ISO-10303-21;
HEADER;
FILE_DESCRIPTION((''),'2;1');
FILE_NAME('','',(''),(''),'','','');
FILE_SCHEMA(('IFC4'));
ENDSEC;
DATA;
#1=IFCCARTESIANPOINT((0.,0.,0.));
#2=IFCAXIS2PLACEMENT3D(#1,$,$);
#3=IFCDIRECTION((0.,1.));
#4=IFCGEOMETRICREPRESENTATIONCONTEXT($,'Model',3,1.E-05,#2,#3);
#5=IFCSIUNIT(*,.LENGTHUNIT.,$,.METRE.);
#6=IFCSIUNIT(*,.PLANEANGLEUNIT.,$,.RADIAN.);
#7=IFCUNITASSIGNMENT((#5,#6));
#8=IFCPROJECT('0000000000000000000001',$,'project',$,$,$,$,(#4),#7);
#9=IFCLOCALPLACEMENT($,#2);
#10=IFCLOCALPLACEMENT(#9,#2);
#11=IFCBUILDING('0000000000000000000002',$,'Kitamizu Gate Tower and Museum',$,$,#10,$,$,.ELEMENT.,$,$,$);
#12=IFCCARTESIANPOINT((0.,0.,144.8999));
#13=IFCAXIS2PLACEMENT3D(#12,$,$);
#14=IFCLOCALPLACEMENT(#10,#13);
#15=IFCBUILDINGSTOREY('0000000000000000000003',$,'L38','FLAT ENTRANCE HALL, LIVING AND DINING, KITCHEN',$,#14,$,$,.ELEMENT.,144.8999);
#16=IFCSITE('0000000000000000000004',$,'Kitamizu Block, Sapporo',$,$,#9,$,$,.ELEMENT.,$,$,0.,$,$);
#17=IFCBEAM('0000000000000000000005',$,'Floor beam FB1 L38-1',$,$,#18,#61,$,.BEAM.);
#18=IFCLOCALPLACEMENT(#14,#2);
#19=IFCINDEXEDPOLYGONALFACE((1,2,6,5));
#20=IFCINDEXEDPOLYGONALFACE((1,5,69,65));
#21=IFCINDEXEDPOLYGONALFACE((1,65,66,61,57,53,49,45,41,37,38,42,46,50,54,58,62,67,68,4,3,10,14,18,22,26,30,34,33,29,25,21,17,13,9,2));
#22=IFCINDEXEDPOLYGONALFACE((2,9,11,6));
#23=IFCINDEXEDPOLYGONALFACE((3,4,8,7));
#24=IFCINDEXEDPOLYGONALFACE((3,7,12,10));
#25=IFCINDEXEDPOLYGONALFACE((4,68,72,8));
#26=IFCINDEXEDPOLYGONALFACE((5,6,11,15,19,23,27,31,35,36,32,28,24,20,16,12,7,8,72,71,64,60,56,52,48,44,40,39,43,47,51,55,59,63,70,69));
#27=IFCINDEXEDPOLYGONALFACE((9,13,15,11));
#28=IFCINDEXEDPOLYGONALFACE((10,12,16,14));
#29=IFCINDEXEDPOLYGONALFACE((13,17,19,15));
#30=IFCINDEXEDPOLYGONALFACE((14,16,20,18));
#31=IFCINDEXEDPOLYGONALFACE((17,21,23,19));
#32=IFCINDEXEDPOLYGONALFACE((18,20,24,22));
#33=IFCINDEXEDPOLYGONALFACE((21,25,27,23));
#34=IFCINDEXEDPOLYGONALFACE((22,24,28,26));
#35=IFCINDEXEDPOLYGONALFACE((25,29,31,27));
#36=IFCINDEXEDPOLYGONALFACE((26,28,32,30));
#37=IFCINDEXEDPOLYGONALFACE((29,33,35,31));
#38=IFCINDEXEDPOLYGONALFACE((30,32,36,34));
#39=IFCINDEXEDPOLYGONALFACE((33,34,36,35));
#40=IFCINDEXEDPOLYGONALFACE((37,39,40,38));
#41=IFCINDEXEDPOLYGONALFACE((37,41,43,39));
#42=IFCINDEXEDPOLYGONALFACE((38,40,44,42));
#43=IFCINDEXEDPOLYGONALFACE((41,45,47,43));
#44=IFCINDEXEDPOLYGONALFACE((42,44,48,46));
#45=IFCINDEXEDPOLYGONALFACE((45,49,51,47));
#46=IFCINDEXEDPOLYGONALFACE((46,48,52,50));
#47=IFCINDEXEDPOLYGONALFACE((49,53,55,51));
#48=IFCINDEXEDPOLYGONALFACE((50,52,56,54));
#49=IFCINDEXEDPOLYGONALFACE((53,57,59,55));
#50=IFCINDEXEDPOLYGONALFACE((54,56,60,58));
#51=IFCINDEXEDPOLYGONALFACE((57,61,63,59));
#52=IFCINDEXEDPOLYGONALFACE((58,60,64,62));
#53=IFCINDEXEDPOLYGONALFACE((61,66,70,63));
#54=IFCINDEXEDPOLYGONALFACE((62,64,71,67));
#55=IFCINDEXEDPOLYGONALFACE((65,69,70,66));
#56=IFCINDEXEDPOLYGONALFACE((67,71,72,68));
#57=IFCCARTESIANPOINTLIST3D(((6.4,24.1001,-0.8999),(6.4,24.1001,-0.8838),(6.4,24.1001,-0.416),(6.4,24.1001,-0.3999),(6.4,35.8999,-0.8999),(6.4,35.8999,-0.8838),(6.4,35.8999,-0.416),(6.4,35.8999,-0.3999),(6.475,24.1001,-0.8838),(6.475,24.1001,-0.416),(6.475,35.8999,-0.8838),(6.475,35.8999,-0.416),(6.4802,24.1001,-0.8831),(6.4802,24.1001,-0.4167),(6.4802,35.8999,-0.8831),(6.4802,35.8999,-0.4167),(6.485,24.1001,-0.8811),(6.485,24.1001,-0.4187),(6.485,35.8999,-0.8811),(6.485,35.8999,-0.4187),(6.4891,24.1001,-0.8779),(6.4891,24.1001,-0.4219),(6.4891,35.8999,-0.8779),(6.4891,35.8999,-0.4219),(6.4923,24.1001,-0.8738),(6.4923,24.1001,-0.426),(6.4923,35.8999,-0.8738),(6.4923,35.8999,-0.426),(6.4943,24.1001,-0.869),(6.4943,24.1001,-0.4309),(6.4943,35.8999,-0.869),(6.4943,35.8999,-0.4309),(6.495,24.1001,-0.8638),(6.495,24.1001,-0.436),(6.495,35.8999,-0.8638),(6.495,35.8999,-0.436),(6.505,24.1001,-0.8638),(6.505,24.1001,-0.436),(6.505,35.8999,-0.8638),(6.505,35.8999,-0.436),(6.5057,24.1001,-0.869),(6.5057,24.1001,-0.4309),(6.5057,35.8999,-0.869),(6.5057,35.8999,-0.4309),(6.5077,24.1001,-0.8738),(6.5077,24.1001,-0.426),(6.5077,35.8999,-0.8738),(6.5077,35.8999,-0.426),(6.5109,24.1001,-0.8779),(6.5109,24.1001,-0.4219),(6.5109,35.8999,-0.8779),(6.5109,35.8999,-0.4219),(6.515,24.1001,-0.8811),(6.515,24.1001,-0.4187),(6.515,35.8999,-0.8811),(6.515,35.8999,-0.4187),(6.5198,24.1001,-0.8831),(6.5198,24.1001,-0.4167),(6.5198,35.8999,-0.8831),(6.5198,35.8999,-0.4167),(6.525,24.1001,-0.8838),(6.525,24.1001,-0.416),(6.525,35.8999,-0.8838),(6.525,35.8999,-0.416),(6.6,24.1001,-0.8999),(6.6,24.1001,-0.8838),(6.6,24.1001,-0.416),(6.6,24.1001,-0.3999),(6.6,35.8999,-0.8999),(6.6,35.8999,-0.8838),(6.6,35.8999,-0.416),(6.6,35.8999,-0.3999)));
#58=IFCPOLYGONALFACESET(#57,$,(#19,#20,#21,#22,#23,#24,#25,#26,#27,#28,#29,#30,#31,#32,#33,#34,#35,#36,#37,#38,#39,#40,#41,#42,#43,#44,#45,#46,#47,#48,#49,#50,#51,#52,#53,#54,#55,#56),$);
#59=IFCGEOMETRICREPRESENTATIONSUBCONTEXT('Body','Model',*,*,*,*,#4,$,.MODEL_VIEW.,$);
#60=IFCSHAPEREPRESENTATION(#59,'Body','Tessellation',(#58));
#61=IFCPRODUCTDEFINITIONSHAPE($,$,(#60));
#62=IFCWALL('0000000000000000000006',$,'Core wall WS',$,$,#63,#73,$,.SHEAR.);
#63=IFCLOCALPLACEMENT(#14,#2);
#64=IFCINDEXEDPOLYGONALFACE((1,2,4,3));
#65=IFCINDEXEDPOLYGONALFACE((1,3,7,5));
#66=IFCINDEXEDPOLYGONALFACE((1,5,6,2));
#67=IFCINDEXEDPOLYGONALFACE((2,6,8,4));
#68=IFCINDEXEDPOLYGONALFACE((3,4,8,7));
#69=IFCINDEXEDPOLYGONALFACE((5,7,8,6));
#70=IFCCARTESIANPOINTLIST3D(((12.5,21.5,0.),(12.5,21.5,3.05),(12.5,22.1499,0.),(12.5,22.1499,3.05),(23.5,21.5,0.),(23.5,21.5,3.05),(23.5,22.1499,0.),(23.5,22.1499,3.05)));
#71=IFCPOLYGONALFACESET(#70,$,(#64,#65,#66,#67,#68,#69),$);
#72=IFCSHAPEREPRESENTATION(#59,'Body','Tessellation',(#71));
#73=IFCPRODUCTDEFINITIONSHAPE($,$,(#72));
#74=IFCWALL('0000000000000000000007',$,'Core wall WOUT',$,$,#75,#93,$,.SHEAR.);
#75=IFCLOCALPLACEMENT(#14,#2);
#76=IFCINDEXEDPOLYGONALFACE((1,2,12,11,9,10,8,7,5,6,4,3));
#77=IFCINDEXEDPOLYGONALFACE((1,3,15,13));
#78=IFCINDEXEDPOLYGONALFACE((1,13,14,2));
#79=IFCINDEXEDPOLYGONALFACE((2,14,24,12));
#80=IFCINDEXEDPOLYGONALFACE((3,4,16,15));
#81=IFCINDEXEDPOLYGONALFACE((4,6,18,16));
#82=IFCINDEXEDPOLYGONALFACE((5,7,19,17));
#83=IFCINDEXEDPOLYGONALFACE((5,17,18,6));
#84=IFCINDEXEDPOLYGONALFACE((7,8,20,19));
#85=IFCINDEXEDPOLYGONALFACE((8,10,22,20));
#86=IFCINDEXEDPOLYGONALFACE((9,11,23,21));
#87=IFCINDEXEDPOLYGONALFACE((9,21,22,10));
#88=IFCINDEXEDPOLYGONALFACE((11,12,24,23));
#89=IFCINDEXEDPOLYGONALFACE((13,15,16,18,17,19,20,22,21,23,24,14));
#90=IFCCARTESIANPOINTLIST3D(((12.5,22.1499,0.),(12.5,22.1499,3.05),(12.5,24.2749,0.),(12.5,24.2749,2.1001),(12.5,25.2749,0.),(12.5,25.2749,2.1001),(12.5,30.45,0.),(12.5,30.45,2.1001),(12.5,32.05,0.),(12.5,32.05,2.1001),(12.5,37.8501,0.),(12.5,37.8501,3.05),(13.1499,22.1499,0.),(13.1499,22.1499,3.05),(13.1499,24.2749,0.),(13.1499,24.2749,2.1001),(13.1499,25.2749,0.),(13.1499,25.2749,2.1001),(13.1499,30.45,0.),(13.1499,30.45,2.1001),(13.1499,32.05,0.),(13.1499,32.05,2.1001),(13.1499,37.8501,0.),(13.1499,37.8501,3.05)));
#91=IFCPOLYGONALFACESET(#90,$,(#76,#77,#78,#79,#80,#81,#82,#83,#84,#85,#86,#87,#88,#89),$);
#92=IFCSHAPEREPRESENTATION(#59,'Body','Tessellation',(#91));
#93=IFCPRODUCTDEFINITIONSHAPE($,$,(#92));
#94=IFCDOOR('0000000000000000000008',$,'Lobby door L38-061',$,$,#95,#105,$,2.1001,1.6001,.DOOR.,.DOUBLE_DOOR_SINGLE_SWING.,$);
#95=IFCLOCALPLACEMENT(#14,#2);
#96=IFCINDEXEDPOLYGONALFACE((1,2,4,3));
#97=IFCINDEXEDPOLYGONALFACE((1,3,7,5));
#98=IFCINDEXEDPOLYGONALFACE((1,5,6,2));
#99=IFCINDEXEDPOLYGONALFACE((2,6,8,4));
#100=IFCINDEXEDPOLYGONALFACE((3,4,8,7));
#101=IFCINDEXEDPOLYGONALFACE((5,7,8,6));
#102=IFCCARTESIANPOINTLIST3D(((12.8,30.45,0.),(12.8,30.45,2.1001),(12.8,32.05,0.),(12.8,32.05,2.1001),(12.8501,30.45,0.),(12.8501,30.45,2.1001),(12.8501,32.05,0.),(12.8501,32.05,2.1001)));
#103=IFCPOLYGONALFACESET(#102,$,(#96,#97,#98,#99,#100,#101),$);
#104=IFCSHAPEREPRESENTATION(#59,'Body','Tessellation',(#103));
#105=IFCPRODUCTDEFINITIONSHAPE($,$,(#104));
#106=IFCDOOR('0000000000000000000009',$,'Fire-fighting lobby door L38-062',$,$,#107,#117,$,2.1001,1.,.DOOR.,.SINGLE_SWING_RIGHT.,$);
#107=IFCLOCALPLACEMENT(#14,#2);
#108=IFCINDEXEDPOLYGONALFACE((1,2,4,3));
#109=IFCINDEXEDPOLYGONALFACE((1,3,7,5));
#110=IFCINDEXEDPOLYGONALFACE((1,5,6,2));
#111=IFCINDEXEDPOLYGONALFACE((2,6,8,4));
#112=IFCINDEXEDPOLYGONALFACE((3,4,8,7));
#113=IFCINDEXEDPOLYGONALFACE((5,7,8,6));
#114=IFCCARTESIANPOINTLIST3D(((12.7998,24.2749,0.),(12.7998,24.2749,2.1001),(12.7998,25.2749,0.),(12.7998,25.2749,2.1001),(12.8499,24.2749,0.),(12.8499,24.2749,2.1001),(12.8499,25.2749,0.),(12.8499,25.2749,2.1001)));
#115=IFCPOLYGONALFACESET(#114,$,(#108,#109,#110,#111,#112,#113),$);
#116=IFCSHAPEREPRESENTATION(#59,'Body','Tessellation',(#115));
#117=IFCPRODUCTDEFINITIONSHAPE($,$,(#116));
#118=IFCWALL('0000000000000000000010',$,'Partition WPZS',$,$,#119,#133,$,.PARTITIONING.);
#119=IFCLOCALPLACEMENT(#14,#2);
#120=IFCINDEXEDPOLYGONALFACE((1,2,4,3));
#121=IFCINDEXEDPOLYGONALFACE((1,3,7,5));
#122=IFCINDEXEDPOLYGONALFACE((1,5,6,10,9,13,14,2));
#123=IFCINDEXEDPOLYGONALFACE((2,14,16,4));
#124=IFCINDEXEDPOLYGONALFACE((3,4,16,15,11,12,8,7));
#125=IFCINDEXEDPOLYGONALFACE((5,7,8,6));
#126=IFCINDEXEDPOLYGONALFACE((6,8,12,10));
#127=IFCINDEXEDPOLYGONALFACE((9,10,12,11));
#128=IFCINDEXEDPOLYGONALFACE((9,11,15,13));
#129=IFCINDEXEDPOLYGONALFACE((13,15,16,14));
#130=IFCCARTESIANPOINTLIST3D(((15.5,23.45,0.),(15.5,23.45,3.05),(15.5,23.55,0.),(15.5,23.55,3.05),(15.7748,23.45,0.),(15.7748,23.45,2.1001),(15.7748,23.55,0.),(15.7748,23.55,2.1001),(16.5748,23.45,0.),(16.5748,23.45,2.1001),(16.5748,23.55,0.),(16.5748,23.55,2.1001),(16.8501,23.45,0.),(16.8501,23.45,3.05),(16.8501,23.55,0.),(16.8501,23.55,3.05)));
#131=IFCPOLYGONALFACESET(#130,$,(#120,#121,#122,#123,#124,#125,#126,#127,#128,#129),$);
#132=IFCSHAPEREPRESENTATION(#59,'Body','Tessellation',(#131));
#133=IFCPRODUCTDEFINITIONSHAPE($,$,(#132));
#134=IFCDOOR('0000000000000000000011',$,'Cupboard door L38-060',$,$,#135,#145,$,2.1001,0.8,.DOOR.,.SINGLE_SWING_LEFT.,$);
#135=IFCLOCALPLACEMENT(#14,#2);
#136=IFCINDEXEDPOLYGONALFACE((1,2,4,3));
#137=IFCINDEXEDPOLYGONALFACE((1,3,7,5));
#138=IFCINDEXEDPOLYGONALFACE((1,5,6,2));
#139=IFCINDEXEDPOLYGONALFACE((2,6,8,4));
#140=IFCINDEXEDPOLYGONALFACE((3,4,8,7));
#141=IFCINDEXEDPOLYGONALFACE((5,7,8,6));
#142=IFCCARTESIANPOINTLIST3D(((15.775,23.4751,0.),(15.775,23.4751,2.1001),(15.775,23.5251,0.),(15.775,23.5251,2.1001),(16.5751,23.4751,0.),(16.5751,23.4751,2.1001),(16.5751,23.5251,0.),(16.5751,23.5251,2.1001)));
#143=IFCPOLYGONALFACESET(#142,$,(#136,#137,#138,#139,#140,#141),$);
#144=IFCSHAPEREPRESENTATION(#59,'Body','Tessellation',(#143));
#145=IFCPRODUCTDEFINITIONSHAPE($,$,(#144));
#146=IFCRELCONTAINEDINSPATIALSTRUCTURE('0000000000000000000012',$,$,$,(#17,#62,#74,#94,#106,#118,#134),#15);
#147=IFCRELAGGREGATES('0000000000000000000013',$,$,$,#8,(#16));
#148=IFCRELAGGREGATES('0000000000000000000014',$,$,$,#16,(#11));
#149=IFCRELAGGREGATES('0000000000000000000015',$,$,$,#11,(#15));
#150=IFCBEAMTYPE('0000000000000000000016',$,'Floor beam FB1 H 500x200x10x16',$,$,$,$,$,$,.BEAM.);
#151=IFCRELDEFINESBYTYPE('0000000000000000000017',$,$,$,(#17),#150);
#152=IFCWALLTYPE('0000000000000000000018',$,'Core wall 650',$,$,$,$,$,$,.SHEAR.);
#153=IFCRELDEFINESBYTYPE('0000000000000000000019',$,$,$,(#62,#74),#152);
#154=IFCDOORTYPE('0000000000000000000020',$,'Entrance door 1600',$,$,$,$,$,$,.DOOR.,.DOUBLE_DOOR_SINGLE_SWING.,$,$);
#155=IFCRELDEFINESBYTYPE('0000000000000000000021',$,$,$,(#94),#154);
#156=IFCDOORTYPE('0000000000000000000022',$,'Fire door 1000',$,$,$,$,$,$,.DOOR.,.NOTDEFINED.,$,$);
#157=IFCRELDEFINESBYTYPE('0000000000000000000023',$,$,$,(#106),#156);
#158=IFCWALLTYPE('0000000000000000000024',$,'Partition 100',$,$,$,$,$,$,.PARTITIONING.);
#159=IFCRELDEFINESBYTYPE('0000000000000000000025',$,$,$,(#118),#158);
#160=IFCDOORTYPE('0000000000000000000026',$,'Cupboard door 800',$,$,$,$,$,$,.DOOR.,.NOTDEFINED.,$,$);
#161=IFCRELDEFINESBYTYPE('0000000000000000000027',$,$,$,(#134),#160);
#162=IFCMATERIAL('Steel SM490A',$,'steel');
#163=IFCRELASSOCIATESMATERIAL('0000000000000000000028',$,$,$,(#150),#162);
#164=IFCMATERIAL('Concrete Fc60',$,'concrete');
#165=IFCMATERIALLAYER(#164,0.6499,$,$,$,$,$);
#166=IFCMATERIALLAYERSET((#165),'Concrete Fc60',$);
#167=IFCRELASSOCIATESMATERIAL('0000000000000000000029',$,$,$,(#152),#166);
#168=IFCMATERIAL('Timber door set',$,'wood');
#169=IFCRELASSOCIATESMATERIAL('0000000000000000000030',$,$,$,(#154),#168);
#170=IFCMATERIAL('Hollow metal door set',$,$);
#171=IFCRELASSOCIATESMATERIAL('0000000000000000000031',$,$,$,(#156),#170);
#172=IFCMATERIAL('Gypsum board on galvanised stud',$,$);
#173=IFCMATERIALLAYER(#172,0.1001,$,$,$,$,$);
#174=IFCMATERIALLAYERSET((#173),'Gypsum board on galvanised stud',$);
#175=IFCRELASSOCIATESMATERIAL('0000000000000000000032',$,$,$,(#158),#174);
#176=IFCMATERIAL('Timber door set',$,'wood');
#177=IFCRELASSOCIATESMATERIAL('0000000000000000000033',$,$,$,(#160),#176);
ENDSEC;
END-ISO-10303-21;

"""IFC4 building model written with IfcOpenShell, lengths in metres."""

from ifc_helpers import new_model, si_unit, direction, frame, frame_2d, origin, origin_2d, place, context, subcontext, project, spatial, rectangle, i_section, extrude, material, layer, layer_set, material_profile, profile_set, type_object, element, fill, save


model = new_model("IFC4")

# Units and contexts
model_context = context("Model", 3, precision=1e-05, world=origin(), true_north=direction((0.0, 1.0)))
body_context = subcontext(model_context, "Body", "Model", "MODEL_VIEW")
ifc_project = project(units=[si_unit("LENGTHUNIT", "METRE"), si_unit("PLANEANGLEUNIT", "RADIAN")], contexts=[model_context])

# Site, building, storey
site_placement = place(None, origin())
site = spatial("IfcSite", under=ifc_project, at=site_placement, Name="Kitamizu Block, Sapporo", CompositionType="ELEMENT", RefElevation=0.0)
building_placement = place(site_placement, origin())
building = spatial("IfcBuilding", under=site, at=building_placement, Name="Kitamizu Gate Tower and Museum", CompositionType="ELEMENT")
storey_placement = place(building_placement, frame((0.0, 0.0, 144.8999)))
storey = spatial("IfcBuildingStorey", under=building, at=storey_placement, Name="L38", Description="FLAT ENTRANCE HALL, LIVING AND DINING, KITCHEN", CompositionType="ELEMENT", Elevation=144.8999)

# Beam
ifc_material_1 = material(Name="Steel SM490A", Category="steel")
ifc_material_profile = material_profile(ifc_material_1, i_section(OverallWidth=0.2, OverallDepth=0.5, WebThickness=0.01, FlangeThickness=0.0161, FilletRadius=0.02, at=origin_2d()), Name="H-500x200x10x16")
ifc_profile_set = profile_set([ifc_material_profile], Name="Steel SM490A")
beam_type = type_object("IfcBeamType", Name="Floor beam FB1 H 500x200x10x16", PredefinedType="BEAM", material=ifc_profile_set)
beam_placement = place(storey_placement, frame((6.5, 24.1001, -0.6499), z_axis=(0.0, 1.0, 0.0), x_axis=(-1.0, 0.0, 0.0)))
element("IfcBeam", 1, at=beam_placement, inside=storey, type_object=beam_type, Name="Floor beam FB1 L38-1", PredefinedType="BEAM", context=body_context, shape_type="SweptSolid", body=[
    extrude(i_section(OverallWidth=0.2, OverallDepth=0.5, WebThickness=0.01, FlangeThickness=0.0161, FilletRadius=0.02, at=origin_2d()), origin(), (0.0, 0.0, 1.0), 11.7998),
])

# Wall
ifc_material_2 = material(Name="Concrete Fc60", Category="concrete")
ifc_layer_1 = layer(ifc_material_2, 0.6499)
ifc_layer_set_1 = layer_set([ifc_layer_1], Name="Concrete Fc60")
wall_type_1 = type_object("IfcWallType", Name="Core wall 650", PredefinedType="SHEAR", material=ifc_layer_set_1)
wall_1_placement = place(storey_placement, frame((12.5, 21.825, 0.0), z_axis=(0.0, 0.0, 1.0), x_axis=(1.0, 0.0, 0.0)))
element("IfcWall", 2, at=wall_1_placement, inside=storey, type_object=wall_type_1, Name="Core wall WS", PredefinedType="SHEAR", context=body_context, shape_type="SweptSolid", body=[
    extrude(rectangle(XDim=11.0, YDim=0.6499, at=frame_2d((5.5, 0.0))), origin(), (0.0, 0.0, 1.0), 3.05),
])

# Wall, openings, doors
wall_2_placement = place(storey_placement, frame((12.825, 22.1499, 0.0), z_axis=(0.0, 0.0, 1.0), x_axis=(0.0, 1.0, 0.0)))
wall_2 = element("IfcWall", 3, at=wall_2_placement, inside=storey, type_object=wall_type_1, Name="Core wall WOUT", PredefinedType="SHEAR", context=body_context, shape_type="SweptSolid", body=[
    extrude(rectangle(XDim=15.7002, YDim=0.6499, at=frame_2d((7.8501, 0.0))), origin(), (0.0, 0.0, 1.0), 3.05),
])
opening_1_placement = place(wall_2_placement, frame((8.3, 0.0, 0.0)))
opening_1 = element("IfcOpeningElement", 4, at=opening_1_placement, cuts=wall_2, PredefinedType="OPENING", context=body_context, shape_type="SweptSolid", body=[
    extrude(rectangle(XDim=1.6001, YDim=2.1001, at=frame_2d((0.8, 1.05))), frame((0.0, 0.335, 0.0), z_axis=(0.0, -1.0, 0.0), x_axis=(1.0, 0.0, 0.0)), (0.0, 0.0, 1.0), 0.6699),
])
opening_2_placement = place(wall_2_placement, frame((2.125, 0.0, 0.0)))
opening_2 = element("IfcOpeningElement", 5, at=opening_2_placement, cuts=wall_2, PredefinedType="OPENING", context=body_context, shape_type="SweptSolid", body=[
    extrude(rectangle(XDim=1.0, YDim=2.1001, at=frame_2d((0.5, 1.05))), frame((0.0, 0.335, 0.0), z_axis=(0.0, -1.0, 0.0), x_axis=(1.0, 0.0, 0.0)), (0.0, 0.0, 1.0), 0.6699),
])
ifc_material_3 = material(Name="Timber door set", Category="wood")
door_type_1 = type_object("IfcDoorType", Name="Entrance door 1600", OperationType="DOUBLE_DOOR_SINGLE_SWING", PredefinedType="DOOR", material=ifc_material_3)
door_1_placement = place(opening_1_placement, origin())
door_1 = element("IfcDoor", 6, at=door_1_placement, inside=storey, type_object=door_type_1, Name="Lobby door L38-061", OperationType="DOUBLE_DOOR_SINGLE_SWING", OverallHeight=2.1001, OverallWidth=1.6001, PredefinedType="DOOR", context=body_context, shape_type="SweptSolid", body=[
    extrude(rectangle(XDim=1.6001, YDim=2.1001, at=frame_2d((0.8, 1.05))), frame((0.0, 0.0249, 0.0), z_axis=(0.0, -1.0, 0.0), x_axis=(1.0, 0.0, 0.0)), (0.0, 0.0, 1.0), 0.05),
])
fill(opening_1, door_1)
ifc_material_4 = material(Name="Hollow metal door set")
door_type_2 = type_object("IfcDoorType", Name="Fire door 1000", OperationType="NOTDEFINED", PredefinedType="DOOR", material=ifc_material_4)
door_2_placement = place(opening_2_placement, frame((1.0, 0.0, 0.0), x_axis=(-1.0, 0.0, 0.0)))
door_2 = element("IfcDoor", 7, at=door_2_placement, inside=storey, type_object=door_type_2, Name="Fire-fighting lobby door L38-062", OperationType="SINGLE_SWING_RIGHT", OverallHeight=2.1001, OverallWidth=1.0, PredefinedType="DOOR", context=body_context, shape_type="SweptSolid", body=[
    extrude(rectangle(XDim=1.0, YDim=2.1001, at=frame_2d((0.5, 1.05))), frame((0.0, 0.0249, 0.0), z_axis=(0.0, -1.0, 0.0), x_axis=(1.0, 0.0, 0.0)), (0.0, 0.0, 1.0), 0.05),
])
fill(opening_2, door_2)

# Wall, opening, door
ifc_material_5 = material(Name="Gypsum board on galvanised stud")
ifc_layer_2 = layer(ifc_material_5, 0.1001)
ifc_layer_set_2 = layer_set([ifc_layer_2], Name="Gypsum board on galvanised stud")
wall_type_2 = type_object("IfcWallType", Name="Partition 100", PredefinedType="PARTITIONING", material=ifc_layer_set_2)
wall_3_placement = place(storey_placement, frame((15.5, 23.5, 0.0), z_axis=(0.0, 0.0, 1.0), x_axis=(1.0, 0.0, 0.0)))
wall_3 = element("IfcWall", 8, at=wall_3_placement, inside=storey, type_object=wall_type_2, Name="Partition WPZS", PredefinedType="PARTITIONING", context=body_context, shape_type="SweptSolid", body=[
    extrude(rectangle(XDim=1.3501, YDim=0.1001, at=frame_2d((0.675, 0.0))), origin(), (0.0, 0.0, 1.0), 3.05),
])
opening_3_placement = place(wall_3_placement, frame((0.2749, 0.0, 0.0)))
opening_3 = element("IfcOpeningElement", 9, at=opening_3_placement, cuts=wall_3, PredefinedType="OPENING", context=body_context, shape_type="SweptSolid", body=[
    extrude(rectangle(XDim=0.8, YDim=2.1001, at=frame_2d((0.3999, 1.05))), frame((0.0, 0.0601, 0.0), z_axis=(0.0, -1.0, 0.0), x_axis=(1.0, 0.0, 0.0)), (0.0, 0.0, 1.0), 0.1201),
])
ifc_material_6 = material(Name="Timber door set", Category="wood")
door_type_3 = type_object("IfcDoorType", Name="Cupboard door 800", OperationType="NOTDEFINED", PredefinedType="DOOR", material=ifc_material_6)
door_3_placement = place(opening_3_placement, frame((0.8, 0.0, 0.0), x_axis=(-1.0, 0.0, 0.0)))
door_3 = element("IfcDoor", 10, at=door_3_placement, inside=storey, type_object=door_type_3, Name="Cupboard door L38-060", OperationType="SINGLE_SWING_LEFT", OverallHeight=2.1001, OverallWidth=0.8, PredefinedType="DOOR", context=body_context, shape_type="SweptSolid", body=[
    extrude(rectangle(XDim=0.8, YDim=2.1001, at=frame_2d((0.3999, 1.05))), frame((0.0, 0.0249, 0.0), z_axis=(0.0, -1.0, 0.0), x_axis=(1.0, 0.0, 0.0)), (0.0, 0.0, 1.0), 0.05),
])
fill(opening_3, door_3)

save(model, "model.ifc")
